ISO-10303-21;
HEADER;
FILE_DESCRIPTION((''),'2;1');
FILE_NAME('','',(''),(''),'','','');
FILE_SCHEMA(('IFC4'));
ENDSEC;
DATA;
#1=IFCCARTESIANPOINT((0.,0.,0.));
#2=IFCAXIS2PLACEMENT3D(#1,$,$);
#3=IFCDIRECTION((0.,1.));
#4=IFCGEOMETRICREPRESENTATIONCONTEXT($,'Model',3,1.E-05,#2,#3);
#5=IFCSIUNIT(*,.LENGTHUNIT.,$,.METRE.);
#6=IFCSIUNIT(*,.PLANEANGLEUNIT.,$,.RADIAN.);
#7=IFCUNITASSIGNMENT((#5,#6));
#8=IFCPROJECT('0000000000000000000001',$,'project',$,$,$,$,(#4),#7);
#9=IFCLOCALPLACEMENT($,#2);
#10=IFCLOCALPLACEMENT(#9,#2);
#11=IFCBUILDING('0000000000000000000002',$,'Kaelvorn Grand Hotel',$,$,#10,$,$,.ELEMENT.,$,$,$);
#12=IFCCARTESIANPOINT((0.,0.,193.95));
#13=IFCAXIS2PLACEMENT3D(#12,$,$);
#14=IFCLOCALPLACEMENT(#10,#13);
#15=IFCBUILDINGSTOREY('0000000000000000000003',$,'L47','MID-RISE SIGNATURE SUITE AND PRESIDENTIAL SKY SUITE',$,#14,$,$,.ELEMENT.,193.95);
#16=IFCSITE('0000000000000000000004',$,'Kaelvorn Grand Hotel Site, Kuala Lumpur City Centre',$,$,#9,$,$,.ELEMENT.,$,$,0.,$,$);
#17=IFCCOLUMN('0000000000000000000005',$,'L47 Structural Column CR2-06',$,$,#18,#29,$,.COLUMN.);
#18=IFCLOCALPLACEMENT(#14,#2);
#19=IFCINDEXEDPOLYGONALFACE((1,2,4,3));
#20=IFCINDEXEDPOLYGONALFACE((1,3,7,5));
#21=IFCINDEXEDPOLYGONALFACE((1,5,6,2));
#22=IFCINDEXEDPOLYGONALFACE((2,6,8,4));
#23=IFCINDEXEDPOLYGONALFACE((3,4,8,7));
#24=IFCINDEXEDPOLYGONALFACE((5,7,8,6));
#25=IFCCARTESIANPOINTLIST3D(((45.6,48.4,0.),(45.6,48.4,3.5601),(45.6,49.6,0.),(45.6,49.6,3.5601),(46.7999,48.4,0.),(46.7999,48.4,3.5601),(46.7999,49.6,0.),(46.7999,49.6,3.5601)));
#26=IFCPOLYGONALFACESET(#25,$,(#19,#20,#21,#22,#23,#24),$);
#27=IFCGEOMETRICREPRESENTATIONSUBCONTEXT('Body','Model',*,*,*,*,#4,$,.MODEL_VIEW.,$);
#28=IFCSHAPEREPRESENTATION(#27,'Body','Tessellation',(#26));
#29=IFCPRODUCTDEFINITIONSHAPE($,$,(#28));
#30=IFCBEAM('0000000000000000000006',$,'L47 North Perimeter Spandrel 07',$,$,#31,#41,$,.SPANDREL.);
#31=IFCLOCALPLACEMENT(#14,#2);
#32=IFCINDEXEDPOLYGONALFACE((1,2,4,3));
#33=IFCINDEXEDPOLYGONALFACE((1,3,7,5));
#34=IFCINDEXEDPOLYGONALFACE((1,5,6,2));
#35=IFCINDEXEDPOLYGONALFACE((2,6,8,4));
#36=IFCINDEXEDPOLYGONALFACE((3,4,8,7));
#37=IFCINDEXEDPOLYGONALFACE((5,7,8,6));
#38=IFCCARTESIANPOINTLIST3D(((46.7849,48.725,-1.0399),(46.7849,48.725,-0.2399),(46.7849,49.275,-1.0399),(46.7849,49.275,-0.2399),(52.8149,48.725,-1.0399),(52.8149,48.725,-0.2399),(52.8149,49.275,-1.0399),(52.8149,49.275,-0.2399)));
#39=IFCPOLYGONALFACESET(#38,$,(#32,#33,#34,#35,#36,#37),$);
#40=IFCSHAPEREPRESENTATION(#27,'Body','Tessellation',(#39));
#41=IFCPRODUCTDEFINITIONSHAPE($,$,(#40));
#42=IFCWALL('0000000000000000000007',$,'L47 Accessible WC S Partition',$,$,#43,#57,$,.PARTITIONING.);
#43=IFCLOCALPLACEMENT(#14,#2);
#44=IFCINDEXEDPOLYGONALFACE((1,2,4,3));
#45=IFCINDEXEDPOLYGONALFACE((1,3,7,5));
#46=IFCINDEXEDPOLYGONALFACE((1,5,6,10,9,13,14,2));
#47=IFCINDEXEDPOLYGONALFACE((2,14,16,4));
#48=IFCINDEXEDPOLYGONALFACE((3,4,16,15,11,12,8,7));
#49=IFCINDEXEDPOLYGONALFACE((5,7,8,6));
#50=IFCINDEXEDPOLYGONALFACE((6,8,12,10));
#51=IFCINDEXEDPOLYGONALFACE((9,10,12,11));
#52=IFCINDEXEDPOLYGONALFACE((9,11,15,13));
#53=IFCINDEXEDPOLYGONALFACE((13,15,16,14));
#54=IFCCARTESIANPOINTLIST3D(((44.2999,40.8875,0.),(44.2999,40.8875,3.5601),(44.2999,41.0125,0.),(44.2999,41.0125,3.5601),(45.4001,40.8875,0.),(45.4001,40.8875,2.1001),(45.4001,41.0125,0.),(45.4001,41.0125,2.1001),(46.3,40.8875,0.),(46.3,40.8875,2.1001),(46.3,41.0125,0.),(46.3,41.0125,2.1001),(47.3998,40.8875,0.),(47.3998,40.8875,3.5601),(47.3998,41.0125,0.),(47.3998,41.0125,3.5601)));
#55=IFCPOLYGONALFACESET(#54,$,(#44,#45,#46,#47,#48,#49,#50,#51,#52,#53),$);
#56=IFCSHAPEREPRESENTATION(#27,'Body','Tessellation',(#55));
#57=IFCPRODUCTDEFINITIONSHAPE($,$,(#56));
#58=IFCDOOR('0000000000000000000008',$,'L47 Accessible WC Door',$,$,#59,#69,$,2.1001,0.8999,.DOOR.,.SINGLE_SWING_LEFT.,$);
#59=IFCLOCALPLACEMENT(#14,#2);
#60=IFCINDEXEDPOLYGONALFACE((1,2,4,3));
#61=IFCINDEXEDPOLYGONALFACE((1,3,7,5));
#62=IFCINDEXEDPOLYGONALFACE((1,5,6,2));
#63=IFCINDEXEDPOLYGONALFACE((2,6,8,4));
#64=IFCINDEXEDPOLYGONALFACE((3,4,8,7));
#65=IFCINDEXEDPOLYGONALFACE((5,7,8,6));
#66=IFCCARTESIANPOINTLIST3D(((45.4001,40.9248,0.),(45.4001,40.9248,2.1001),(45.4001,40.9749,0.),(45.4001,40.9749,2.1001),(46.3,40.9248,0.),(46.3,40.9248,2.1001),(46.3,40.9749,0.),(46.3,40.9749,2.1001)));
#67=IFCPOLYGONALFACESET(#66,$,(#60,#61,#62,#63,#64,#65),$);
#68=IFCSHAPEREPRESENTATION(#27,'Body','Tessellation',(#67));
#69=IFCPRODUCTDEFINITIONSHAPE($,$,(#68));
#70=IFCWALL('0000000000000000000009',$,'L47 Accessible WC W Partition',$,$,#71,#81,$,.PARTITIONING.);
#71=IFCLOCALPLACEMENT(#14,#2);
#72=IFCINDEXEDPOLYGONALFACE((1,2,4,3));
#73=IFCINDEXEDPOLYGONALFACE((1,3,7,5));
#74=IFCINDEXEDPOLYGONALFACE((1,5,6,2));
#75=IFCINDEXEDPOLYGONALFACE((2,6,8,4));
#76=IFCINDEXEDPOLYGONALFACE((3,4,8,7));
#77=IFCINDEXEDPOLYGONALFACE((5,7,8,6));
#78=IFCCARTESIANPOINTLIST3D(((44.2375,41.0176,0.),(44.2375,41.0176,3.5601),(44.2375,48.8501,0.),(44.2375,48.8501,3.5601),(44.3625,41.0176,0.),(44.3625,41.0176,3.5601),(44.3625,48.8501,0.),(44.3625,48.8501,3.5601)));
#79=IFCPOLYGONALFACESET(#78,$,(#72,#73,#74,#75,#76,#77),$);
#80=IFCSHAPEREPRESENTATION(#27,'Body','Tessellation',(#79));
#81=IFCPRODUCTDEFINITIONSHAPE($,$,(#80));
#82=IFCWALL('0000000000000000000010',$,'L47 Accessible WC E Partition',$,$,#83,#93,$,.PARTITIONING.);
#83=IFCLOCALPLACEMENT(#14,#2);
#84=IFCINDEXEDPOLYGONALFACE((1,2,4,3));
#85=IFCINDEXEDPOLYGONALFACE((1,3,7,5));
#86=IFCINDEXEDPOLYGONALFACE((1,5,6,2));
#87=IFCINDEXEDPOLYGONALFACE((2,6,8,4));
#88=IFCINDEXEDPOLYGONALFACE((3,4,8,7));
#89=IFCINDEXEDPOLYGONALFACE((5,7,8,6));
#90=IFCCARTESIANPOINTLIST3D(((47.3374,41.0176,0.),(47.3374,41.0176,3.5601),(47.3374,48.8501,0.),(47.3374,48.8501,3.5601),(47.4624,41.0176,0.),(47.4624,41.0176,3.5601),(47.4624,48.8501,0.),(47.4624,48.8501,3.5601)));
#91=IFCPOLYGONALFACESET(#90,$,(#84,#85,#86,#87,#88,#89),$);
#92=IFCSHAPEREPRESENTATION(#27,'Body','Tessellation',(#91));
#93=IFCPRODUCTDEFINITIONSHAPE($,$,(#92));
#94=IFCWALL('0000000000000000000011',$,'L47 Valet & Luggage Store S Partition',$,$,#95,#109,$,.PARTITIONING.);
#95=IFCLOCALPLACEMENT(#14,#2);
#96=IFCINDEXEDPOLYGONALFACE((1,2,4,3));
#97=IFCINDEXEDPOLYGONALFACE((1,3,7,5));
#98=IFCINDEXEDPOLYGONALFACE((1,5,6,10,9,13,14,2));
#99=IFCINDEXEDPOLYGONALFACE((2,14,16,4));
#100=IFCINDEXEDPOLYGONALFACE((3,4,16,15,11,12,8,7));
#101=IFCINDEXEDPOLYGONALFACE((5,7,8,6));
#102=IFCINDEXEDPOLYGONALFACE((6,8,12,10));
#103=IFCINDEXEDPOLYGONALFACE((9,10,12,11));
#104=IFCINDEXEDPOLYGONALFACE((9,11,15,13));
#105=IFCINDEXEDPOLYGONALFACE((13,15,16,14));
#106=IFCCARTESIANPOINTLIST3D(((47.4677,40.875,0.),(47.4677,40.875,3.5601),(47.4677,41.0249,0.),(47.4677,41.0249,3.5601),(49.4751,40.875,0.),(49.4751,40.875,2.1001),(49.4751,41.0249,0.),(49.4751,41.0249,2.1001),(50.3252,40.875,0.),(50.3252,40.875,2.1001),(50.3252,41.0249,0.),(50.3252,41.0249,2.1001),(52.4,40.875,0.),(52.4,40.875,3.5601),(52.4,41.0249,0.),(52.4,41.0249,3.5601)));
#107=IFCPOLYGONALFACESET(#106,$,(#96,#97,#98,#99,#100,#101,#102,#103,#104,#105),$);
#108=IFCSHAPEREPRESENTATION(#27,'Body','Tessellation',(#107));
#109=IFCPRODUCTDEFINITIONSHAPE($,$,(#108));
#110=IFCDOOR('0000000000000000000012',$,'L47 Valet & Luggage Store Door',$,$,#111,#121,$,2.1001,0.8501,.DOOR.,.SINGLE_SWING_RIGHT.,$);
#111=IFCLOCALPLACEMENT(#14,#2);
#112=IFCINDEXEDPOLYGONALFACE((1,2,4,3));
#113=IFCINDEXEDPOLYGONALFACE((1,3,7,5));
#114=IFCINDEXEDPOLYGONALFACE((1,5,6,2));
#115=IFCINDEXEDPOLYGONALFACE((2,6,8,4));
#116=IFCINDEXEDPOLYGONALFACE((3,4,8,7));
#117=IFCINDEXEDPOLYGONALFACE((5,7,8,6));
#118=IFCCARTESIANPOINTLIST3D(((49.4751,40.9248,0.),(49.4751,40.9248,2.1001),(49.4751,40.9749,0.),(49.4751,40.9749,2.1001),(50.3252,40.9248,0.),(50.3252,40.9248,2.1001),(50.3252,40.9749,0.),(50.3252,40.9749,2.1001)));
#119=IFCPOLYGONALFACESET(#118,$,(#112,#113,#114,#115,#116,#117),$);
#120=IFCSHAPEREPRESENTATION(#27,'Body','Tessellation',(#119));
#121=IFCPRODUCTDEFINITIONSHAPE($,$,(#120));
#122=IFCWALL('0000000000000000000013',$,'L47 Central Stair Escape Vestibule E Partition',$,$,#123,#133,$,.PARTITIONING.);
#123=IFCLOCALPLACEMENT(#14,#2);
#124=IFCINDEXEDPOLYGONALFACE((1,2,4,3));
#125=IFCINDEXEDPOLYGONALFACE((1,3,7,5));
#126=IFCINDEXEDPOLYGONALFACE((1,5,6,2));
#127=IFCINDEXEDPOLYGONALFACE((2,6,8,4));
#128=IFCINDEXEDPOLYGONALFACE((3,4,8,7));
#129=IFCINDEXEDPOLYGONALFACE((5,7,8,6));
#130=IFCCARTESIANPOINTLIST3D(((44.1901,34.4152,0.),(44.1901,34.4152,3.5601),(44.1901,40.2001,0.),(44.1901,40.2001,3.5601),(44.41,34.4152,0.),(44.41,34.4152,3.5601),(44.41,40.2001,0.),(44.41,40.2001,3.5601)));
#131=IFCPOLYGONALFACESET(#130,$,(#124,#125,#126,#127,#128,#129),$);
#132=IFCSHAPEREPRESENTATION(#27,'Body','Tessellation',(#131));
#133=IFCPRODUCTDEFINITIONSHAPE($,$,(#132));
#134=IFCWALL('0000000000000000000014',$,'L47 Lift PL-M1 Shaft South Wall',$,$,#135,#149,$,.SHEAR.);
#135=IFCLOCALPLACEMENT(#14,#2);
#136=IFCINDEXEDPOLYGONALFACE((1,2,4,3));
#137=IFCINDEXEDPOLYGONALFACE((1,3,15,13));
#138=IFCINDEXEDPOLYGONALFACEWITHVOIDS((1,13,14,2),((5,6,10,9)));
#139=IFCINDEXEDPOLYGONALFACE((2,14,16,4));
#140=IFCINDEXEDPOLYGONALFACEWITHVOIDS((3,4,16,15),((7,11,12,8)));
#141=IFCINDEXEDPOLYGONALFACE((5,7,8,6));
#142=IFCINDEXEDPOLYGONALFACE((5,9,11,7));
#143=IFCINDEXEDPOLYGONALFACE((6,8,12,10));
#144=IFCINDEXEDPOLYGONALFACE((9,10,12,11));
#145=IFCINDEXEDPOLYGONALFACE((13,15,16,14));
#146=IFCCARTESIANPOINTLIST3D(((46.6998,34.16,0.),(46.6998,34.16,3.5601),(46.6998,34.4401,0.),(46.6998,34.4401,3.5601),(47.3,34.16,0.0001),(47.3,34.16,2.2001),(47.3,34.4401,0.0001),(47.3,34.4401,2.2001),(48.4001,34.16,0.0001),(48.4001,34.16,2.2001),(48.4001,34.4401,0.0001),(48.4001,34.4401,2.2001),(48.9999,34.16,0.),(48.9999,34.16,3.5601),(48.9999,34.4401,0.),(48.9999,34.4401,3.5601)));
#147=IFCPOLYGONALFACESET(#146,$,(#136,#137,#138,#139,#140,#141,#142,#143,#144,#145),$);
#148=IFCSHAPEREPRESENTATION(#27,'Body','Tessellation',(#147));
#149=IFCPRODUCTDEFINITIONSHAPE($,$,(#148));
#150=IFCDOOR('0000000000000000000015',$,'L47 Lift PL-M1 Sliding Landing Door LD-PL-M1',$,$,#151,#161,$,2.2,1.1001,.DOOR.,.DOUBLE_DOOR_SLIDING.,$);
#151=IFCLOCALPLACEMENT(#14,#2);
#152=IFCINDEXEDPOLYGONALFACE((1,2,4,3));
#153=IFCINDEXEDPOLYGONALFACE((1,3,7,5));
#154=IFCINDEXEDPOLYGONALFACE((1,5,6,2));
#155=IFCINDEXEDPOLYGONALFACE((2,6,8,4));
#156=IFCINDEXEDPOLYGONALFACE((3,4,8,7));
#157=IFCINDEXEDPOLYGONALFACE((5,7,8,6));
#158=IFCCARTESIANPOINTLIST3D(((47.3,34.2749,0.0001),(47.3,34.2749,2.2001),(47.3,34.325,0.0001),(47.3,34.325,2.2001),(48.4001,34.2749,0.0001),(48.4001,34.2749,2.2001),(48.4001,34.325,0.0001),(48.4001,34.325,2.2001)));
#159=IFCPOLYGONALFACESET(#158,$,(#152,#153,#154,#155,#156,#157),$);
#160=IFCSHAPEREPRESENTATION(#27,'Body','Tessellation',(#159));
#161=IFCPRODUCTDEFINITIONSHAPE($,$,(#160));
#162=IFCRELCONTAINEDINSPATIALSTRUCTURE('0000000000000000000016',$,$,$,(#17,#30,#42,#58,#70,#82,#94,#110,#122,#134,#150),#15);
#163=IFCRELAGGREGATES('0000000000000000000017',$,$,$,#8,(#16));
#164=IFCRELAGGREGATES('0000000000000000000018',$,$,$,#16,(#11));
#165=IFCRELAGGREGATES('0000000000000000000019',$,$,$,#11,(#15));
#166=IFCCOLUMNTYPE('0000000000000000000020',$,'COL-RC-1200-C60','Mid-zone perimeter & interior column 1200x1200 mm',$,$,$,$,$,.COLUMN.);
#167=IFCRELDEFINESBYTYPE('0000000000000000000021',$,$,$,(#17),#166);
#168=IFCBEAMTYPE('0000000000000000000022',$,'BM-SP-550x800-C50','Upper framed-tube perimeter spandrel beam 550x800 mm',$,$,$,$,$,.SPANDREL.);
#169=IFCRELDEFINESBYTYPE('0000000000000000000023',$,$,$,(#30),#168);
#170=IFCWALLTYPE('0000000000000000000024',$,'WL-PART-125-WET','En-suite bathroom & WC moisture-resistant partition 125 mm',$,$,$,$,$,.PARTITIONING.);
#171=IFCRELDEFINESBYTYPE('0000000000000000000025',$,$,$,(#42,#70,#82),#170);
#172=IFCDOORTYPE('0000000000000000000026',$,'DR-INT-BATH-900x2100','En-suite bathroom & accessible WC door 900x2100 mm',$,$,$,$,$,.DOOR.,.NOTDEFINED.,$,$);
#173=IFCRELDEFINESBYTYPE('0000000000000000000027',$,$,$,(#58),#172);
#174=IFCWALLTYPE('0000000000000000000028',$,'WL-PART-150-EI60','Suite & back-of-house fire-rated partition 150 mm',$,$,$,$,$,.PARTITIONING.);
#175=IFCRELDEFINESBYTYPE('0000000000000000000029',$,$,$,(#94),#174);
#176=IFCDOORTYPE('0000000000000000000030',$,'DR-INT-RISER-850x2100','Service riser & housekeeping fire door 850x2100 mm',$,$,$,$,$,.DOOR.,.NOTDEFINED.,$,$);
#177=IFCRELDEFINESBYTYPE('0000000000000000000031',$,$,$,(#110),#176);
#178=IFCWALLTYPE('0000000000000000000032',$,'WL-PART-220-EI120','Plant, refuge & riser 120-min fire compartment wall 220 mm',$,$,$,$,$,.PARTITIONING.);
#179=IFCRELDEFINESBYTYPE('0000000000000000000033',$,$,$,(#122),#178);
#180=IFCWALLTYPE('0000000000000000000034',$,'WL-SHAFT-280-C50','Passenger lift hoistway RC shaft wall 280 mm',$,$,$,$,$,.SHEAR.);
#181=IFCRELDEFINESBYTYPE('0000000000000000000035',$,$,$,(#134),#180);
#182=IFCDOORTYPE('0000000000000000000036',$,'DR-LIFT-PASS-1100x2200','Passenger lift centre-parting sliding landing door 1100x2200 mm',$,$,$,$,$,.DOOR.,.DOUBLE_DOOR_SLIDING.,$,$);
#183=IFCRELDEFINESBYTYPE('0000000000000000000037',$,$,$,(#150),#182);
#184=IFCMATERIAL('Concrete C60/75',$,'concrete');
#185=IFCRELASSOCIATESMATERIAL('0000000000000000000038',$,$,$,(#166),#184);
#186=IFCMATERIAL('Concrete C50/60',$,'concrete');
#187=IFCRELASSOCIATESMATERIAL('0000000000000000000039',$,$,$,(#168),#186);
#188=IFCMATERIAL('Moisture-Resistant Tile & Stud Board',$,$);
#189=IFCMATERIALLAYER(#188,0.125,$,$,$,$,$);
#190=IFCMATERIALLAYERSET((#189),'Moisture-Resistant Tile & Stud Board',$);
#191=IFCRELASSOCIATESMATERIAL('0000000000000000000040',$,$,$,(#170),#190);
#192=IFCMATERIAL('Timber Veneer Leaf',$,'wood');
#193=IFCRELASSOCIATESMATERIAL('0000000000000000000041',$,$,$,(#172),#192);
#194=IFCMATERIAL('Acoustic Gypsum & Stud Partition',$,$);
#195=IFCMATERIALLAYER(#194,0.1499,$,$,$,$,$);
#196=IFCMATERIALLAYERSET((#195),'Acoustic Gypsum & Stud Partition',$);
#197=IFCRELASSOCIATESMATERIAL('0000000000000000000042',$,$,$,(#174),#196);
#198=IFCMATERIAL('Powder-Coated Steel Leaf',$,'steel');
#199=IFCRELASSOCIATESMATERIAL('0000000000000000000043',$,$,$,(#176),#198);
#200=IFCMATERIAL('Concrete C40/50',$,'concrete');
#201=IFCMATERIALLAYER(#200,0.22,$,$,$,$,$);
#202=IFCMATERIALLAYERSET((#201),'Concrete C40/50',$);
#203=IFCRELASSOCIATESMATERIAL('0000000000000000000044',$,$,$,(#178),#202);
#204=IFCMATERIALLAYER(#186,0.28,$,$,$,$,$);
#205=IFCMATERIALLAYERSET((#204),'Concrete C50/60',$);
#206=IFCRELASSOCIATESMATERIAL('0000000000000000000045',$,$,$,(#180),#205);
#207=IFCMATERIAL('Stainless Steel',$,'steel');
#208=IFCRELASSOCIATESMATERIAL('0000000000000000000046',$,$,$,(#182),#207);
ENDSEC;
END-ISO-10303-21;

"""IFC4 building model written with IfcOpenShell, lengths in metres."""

from ifc_helpers import new_model, si_unit, direction, frame, frame_2d, origin, origin_2d, place, context, subcontext, project, spatial, rectangle, extrude, material, layer, layer_set, material_profile, profile_set, type_object, element, fill, save


model = new_model("IFC4")

# Units and contexts
model_context = context("Model", 3, precision=1e-05, world=origin(), true_north=direction((0.0, 1.0)))
body_context = subcontext(model_context, "Body", "Model", "MODEL_VIEW")
ifc_project = project(units=[si_unit("LENGTHUNIT", "METRE"), si_unit("PLANEANGLEUNIT", "RADIAN")], contexts=[model_context])

# Site, building, storey
site_placement = place(None, origin())
site = spatial("IfcSite", under=ifc_project, at=site_placement, Name="Kaelvorn Grand Hotel Site, Kuala Lumpur City Centre", CompositionType="ELEMENT", RefElevation=0.0)
building_placement = place(site_placement, origin())
building = spatial("IfcBuilding", under=site, at=building_placement, Name="Kaelvorn Grand Hotel", CompositionType="ELEMENT")
storey_placement = place(building_placement, frame((0.0, 0.0, 193.95)))
storey = spatial("IfcBuildingStorey", under=building, at=storey_placement, Name="L47", Description="MID-RISE SIGNATURE SUITE AND PRESIDENTIAL SKY SUITE", CompositionType="ELEMENT", Elevation=193.95)

# Column
ifc_material_1 = material(Name="Concrete C60/75", Category="concrete")
ifc_material_profile_1 = material_profile(ifc_material_1, rectangle(XDim=1.2, YDim=1.2, at=origin_2d()), Name="RC COL 1200x1200")
ifc_profile_set_1 = profile_set([ifc_material_profile_1], Name="Concrete C60/75")
column_type = type_object("IfcColumnType", Name="COL-RC-1200-C60", Description="Mid-zone perimeter & interior column 1200x1200 mm", PredefinedType="COLUMN", material=ifc_profile_set_1)
column_placement = place(storey_placement, frame((46.2, 49.0, 0.0), z_axis=(0.0, 0.0, 1.0), x_axis=(1.0, 0.0, 0.0)))
element("IfcColumn", 1, at=column_placement, inside=storey, type_object=column_type, Name="L47 Structural Column CR2-06", PredefinedType="COLUMN", context=body_context, shape_type="SweptSolid", body=[
    extrude(rectangle(XDim=1.2, YDim=1.2, at=origin_2d()), origin(), (0.0, 0.0, 1.0), 3.5601),
])

# Beam
ifc_material_2 = material(Name="Concrete C50/60", Category="concrete")
ifc_material_profile_2 = material_profile(ifc_material_2, rectangle(XDim=0.55, YDim=0.8, at=origin_2d()), Name="RC SPANDREL 550x800")
ifc_profile_set_2 = profile_set([ifc_material_profile_2], Name="Concrete C50/60")
beam_type = type_object("IfcBeamType", Name="BM-SP-550x800-C50", Description="Upper framed-tube perimeter spandrel beam 550x800 mm", PredefinedType="SPANDREL", material=ifc_profile_set_2)
beam_placement = place(storey_placement, frame((46.7849, 49.0, -0.6399), z_axis=(1.0, 0.0, 0.0), x_axis=(0.0, 1.0, 0.0)))
element("IfcBeam", 2, at=beam_placement, inside=storey, type_object=beam_type, Name="L47 North Perimeter Spandrel 07", PredefinedType="SPANDREL", context=body_context, shape_type="SweptSolid", body=[
    extrude(rectangle(XDim=0.55, YDim=0.8, at=origin_2d()), origin(), (0.0, 0.0, 1.0), 6.03),
])

# Wall, opening, door
ifc_material_3 = material(Name="Moisture-Resistant Tile & Stud Board")
ifc_layer_1 = layer(ifc_material_3, 0.125)
ifc_layer_set_1 = layer_set([ifc_layer_1], Name="Moisture-Resistant Tile & Stud Board")
wall_type_1 = type_object("IfcWallType", Name="WL-PART-125-WET", Description="En-suite bathroom & WC moisture-resistant partition 125 mm", PredefinedType="PARTITIONING", material=ifc_layer_set_1)
wall_1_placement = place(storey_placement, frame((44.3, 40.95, 0.0), z_axis=(0.0, 0.0, 1.0), x_axis=(1.0, 0.0, 0.0)))
wall_1 = element("IfcWall", 3, at=wall_1_placement, inside=storey, type_object=wall_type_1, Name="L47 Accessible WC S Partition", PredefinedType="PARTITIONING", context=body_context, shape_type="SweptSolid", body=[
    extrude(rectangle(XDim=3.0999, YDim=0.125, at=frame_2d((1.5498, 0.0))), origin(), (0.0, 0.0, 1.0), 3.5601),
])
opening_1_placement = place(wall_1_placement, frame((1.1001, 0.0, 0.0)))
opening_1 = element("IfcOpeningElement", 4, at=opening_1_placement, cuts=wall_1, PredefinedType="OPENING", context=body_context, shape_type="SweptSolid", body=[
    extrude(rectangle(XDim=0.8999, YDim=2.1001, at=frame_2d((0.45, 1.05))), frame((0.0, 0.0725, 0.0), z_axis=(0.0, -1.0, 0.0), x_axis=(1.0, 0.0, 0.0)), (0.0, 0.0, 1.0), 0.145),
])
ifc_material_4 = material(Name="Timber Veneer Leaf", Category="wood")
door_type_1 = type_object("IfcDoorType", Name="DR-INT-BATH-900x2100", Description="En-suite bathroom & accessible WC door 900x2100 mm", OperationType="NOTDEFINED", PredefinedType="DOOR", material=ifc_material_4)
door_1_placement = place(opening_1_placement, origin())
door_1 = element("IfcDoor", 5, at=door_1_placement, inside=storey, type_object=door_type_1, Name="L47 Accessible WC Door", OperationType="SINGLE_SWING_LEFT", OverallHeight=2.1001, OverallWidth=0.8999, PredefinedType="DOOR", context=body_context, shape_type="SweptSolid", body=[
    extrude(rectangle(XDim=0.8999, YDim=2.1001, at=frame_2d((0.45, 1.05))), frame((0.0, 0.0249, 0.0), z_axis=(0.0, -1.0, 0.0), x_axis=(1.0, 0.0, 0.0)), (0.0, 0.0, 1.0), 0.05),
])
fill(opening_1, door_1)

# Walls
for number, where, z_axis, x_axis, name in (
    (6, (44.3, 41.0176, 0.0), (0.0, 0.0, 1.0), (0.0, 1.0, 0.0), "L47 Accessible WC W Partition"),
    (7, (47.3999, 41.0176, 0.0), (0.0, 0.0, 1.0), (0.0, 1.0, 0.0), "L47 Accessible WC E Partition"),
):
    element("IfcWall", number, at=place(storey_placement, frame(where, z_axis=z_axis, x_axis=x_axis)), inside=storey, type_object=wall_type_1, Name=name, PredefinedType="PARTITIONING", context=body_context, shape_type="SweptSolid", body=[
        extrude(rectangle(XDim=7.8325, YDim=0.125, at=frame_2d((3.9163, 0.0))), origin(), (0.0, 0.0, 1.0), 3.5601),
    ])

# Wall, opening, door
ifc_material_5 = material(Name="Acoustic Gypsum & Stud Partition")
ifc_layer_2 = layer(ifc_material_5, 0.1499)
ifc_layer_set_2 = layer_set([ifc_layer_2], Name="Acoustic Gypsum & Stud Partition")
wall_type_2 = type_object("IfcWallType", Name="WL-PART-150-EI60", Description="Suite & back-of-house fire-rated partition 150 mm", PredefinedType="PARTITIONING", material=ifc_layer_set_2)
wall_2_placement = place(storey_placement, frame((47.4675, 40.95, 0.0), z_axis=(0.0, 0.0, 1.0), x_axis=(1.0, 0.0, 0.0)))
wall_2 = element("IfcWall", 8, at=wall_2_placement, inside=storey, type_object=wall_type_2, Name="L47 Valet & Luggage Store S Partition", PredefinedType="PARTITIONING", context=body_context, shape_type="SweptSolid", body=[
    extrude(rectangle(XDim=4.9324, YDim=0.1499, at=frame_2d((2.4663, 0.0))), origin(), (0.0, 0.0, 1.0), 3.5601),
])
opening_2_placement = place(wall_2_placement, frame((2.0076, 0.0, 0.0)))
opening_2 = element("IfcOpeningElement", 9, at=opening_2_placement, cuts=wall_2, PredefinedType="OPENING", context=body_context, shape_type="SweptSolid", body=[
    extrude(rectangle(XDim=0.8501, YDim=2.1001, at=frame_2d((0.425, 1.05))), frame((0.0, 0.085, 0.0), z_axis=(0.0, -1.0, 0.0), x_axis=(1.0, 0.0, 0.0)), (0.0, 0.0, 1.0), 0.1699),
])
ifc_material_6 = material(Name="Powder-Coated Steel Leaf", Category="steel")
door_type_2 = type_object("IfcDoorType", Name="DR-INT-RISER-850x2100", Description="Service riser & housekeeping fire door 850x2100 mm", OperationType="NOTDEFINED", PredefinedType="DOOR", material=ifc_material_6)
door_2_placement = place(opening_2_placement, origin())
door_2 = element("IfcDoor", 10, at=door_2_placement, inside=storey, type_object=door_type_2, Name="L47 Valet & Luggage Store Door", OperationType="SINGLE_SWING_RIGHT", OverallHeight=2.1001, OverallWidth=0.8501, PredefinedType="DOOR", context=body_context, shape_type="SweptSolid", body=[
    extrude(rectangle(XDim=0.8501, YDim=2.1001, at=frame_2d((0.425, 1.05))), frame((0.0, 0.0249, 0.0), z_axis=(0.0, -1.0, 0.0), x_axis=(1.0, 0.0, 0.0)), (0.0, 0.0, 1.0), 0.05),
])
fill(opening_2, door_2)

# Wall
ifc_material_7 = material(Name="Concrete C40/50", Category="concrete")
ifc_layer_3 = layer(ifc_material_7, 0.22)
ifc_layer_set_3 = layer_set([ifc_layer_3], Name="Concrete C40/50")
wall_type_3 = type_object("IfcWallType", Name="WL-PART-220-EI120", Description="Plant, refuge & riser 120-min fire compartment wall 220 mm", PredefinedType="PARTITIONING", material=ifc_layer_set_3)
wall_3_placement = place(storey_placement, frame((44.3, 34.415, 0.0), z_axis=(0.0, 0.0, 1.0), x_axis=(0.0, 1.0, 0.0)))
element("IfcWall", 11, at=wall_3_placement, inside=storey, type_object=wall_type_3, Name="L47 Central Stair Escape Vestibule E Partition", PredefinedType="PARTITIONING", context=body_context, shape_type="SweptSolid", body=[
    extrude(rectangle(XDim=5.7849, YDim=0.22, at=frame_2d((2.8926, 0.0))), origin(), (0.0, 0.0, 1.0), 3.5601),
])

# Wall, opening, door
ifc_layer_4 = layer(ifc_material_2, 0.28)
ifc_layer_set_4 = layer_set([ifc_layer_4], Name="Concrete C50/60")
wall_type_4 = type_object("IfcWallType", Name="WL-SHAFT-280-C50", Description="Passenger lift hoistway RC shaft wall 280 mm", PredefinedType="SHEAR", material=ifc_layer_set_4)
wall_4_placement = place(storey_placement, frame((46.7, 34.3, 0.0), z_axis=(0.0, 0.0, 1.0), x_axis=(1.0, 0.0, 0.0)))
wall_4 = element("IfcWall", 12, at=wall_4_placement, inside=storey, type_object=wall_type_4, Name="L47 Lift PL-M1 Shaft South Wall", PredefinedType="SHEAR", context=body_context, shape_type="SweptSolid", body=[
    extrude(rectangle(XDim=2.3, YDim=0.28, at=frame_2d((1.1499, 0.0))), origin(), (0.0, 0.0, 1.0), 3.5601),
])
opening_3_placement = place(wall_4_placement, frame((0.6001, 0.0, 0.0)))
opening_3 = element("IfcOpeningElement", 13, at=opening_3_placement, cuts=wall_4, PredefinedType="OPENING", context=body_context, shape_type="SweptSolid", body=[
    extrude(rectangle(XDim=1.1001, YDim=2.2, at=frame_2d((0.55, 1.1001))), frame((0.0, 0.1499, 0.0), z_axis=(0.0, -1.0, 0.0), x_axis=(1.0, 0.0, 0.0)), (0.0, 0.0, 1.0), 0.3),
])
ifc_material_8 = material(Name="Stainless Steel", Category="steel")
door_type_3 = type_object("IfcDoorType", Name="DR-LIFT-PASS-1100x2200", Description="Passenger lift centre-parting sliding landing door 1100x2200 mm", OperationType="DOUBLE_DOOR_SLIDING", PredefinedType="DOOR", material=ifc_material_8)
door_3_placement = place(opening_3_placement, origin())
door_3 = element("IfcDoor", 14, at=door_3_placement, inside=storey, type_object=door_type_3, Name="L47 Lift PL-M1 Sliding Landing Door LD-PL-M1", OperationType="DOUBLE_DOOR_SLIDING", OverallHeight=2.2, OverallWidth=1.1001, PredefinedType="DOOR", context=body_context, shape_type="SweptSolid", body=[
    extrude(rectangle(XDim=1.1001, YDim=2.2, at=frame_2d((0.55, 1.1001))), frame((0.0, 0.0249, 0.0), z_axis=(0.0, -1.0, 0.0), x_axis=(1.0, 0.0, 0.0)), (0.0, 0.0, 1.0), 0.05),
])
fill(opening_3, door_3)

save(model, "model.ifc")
